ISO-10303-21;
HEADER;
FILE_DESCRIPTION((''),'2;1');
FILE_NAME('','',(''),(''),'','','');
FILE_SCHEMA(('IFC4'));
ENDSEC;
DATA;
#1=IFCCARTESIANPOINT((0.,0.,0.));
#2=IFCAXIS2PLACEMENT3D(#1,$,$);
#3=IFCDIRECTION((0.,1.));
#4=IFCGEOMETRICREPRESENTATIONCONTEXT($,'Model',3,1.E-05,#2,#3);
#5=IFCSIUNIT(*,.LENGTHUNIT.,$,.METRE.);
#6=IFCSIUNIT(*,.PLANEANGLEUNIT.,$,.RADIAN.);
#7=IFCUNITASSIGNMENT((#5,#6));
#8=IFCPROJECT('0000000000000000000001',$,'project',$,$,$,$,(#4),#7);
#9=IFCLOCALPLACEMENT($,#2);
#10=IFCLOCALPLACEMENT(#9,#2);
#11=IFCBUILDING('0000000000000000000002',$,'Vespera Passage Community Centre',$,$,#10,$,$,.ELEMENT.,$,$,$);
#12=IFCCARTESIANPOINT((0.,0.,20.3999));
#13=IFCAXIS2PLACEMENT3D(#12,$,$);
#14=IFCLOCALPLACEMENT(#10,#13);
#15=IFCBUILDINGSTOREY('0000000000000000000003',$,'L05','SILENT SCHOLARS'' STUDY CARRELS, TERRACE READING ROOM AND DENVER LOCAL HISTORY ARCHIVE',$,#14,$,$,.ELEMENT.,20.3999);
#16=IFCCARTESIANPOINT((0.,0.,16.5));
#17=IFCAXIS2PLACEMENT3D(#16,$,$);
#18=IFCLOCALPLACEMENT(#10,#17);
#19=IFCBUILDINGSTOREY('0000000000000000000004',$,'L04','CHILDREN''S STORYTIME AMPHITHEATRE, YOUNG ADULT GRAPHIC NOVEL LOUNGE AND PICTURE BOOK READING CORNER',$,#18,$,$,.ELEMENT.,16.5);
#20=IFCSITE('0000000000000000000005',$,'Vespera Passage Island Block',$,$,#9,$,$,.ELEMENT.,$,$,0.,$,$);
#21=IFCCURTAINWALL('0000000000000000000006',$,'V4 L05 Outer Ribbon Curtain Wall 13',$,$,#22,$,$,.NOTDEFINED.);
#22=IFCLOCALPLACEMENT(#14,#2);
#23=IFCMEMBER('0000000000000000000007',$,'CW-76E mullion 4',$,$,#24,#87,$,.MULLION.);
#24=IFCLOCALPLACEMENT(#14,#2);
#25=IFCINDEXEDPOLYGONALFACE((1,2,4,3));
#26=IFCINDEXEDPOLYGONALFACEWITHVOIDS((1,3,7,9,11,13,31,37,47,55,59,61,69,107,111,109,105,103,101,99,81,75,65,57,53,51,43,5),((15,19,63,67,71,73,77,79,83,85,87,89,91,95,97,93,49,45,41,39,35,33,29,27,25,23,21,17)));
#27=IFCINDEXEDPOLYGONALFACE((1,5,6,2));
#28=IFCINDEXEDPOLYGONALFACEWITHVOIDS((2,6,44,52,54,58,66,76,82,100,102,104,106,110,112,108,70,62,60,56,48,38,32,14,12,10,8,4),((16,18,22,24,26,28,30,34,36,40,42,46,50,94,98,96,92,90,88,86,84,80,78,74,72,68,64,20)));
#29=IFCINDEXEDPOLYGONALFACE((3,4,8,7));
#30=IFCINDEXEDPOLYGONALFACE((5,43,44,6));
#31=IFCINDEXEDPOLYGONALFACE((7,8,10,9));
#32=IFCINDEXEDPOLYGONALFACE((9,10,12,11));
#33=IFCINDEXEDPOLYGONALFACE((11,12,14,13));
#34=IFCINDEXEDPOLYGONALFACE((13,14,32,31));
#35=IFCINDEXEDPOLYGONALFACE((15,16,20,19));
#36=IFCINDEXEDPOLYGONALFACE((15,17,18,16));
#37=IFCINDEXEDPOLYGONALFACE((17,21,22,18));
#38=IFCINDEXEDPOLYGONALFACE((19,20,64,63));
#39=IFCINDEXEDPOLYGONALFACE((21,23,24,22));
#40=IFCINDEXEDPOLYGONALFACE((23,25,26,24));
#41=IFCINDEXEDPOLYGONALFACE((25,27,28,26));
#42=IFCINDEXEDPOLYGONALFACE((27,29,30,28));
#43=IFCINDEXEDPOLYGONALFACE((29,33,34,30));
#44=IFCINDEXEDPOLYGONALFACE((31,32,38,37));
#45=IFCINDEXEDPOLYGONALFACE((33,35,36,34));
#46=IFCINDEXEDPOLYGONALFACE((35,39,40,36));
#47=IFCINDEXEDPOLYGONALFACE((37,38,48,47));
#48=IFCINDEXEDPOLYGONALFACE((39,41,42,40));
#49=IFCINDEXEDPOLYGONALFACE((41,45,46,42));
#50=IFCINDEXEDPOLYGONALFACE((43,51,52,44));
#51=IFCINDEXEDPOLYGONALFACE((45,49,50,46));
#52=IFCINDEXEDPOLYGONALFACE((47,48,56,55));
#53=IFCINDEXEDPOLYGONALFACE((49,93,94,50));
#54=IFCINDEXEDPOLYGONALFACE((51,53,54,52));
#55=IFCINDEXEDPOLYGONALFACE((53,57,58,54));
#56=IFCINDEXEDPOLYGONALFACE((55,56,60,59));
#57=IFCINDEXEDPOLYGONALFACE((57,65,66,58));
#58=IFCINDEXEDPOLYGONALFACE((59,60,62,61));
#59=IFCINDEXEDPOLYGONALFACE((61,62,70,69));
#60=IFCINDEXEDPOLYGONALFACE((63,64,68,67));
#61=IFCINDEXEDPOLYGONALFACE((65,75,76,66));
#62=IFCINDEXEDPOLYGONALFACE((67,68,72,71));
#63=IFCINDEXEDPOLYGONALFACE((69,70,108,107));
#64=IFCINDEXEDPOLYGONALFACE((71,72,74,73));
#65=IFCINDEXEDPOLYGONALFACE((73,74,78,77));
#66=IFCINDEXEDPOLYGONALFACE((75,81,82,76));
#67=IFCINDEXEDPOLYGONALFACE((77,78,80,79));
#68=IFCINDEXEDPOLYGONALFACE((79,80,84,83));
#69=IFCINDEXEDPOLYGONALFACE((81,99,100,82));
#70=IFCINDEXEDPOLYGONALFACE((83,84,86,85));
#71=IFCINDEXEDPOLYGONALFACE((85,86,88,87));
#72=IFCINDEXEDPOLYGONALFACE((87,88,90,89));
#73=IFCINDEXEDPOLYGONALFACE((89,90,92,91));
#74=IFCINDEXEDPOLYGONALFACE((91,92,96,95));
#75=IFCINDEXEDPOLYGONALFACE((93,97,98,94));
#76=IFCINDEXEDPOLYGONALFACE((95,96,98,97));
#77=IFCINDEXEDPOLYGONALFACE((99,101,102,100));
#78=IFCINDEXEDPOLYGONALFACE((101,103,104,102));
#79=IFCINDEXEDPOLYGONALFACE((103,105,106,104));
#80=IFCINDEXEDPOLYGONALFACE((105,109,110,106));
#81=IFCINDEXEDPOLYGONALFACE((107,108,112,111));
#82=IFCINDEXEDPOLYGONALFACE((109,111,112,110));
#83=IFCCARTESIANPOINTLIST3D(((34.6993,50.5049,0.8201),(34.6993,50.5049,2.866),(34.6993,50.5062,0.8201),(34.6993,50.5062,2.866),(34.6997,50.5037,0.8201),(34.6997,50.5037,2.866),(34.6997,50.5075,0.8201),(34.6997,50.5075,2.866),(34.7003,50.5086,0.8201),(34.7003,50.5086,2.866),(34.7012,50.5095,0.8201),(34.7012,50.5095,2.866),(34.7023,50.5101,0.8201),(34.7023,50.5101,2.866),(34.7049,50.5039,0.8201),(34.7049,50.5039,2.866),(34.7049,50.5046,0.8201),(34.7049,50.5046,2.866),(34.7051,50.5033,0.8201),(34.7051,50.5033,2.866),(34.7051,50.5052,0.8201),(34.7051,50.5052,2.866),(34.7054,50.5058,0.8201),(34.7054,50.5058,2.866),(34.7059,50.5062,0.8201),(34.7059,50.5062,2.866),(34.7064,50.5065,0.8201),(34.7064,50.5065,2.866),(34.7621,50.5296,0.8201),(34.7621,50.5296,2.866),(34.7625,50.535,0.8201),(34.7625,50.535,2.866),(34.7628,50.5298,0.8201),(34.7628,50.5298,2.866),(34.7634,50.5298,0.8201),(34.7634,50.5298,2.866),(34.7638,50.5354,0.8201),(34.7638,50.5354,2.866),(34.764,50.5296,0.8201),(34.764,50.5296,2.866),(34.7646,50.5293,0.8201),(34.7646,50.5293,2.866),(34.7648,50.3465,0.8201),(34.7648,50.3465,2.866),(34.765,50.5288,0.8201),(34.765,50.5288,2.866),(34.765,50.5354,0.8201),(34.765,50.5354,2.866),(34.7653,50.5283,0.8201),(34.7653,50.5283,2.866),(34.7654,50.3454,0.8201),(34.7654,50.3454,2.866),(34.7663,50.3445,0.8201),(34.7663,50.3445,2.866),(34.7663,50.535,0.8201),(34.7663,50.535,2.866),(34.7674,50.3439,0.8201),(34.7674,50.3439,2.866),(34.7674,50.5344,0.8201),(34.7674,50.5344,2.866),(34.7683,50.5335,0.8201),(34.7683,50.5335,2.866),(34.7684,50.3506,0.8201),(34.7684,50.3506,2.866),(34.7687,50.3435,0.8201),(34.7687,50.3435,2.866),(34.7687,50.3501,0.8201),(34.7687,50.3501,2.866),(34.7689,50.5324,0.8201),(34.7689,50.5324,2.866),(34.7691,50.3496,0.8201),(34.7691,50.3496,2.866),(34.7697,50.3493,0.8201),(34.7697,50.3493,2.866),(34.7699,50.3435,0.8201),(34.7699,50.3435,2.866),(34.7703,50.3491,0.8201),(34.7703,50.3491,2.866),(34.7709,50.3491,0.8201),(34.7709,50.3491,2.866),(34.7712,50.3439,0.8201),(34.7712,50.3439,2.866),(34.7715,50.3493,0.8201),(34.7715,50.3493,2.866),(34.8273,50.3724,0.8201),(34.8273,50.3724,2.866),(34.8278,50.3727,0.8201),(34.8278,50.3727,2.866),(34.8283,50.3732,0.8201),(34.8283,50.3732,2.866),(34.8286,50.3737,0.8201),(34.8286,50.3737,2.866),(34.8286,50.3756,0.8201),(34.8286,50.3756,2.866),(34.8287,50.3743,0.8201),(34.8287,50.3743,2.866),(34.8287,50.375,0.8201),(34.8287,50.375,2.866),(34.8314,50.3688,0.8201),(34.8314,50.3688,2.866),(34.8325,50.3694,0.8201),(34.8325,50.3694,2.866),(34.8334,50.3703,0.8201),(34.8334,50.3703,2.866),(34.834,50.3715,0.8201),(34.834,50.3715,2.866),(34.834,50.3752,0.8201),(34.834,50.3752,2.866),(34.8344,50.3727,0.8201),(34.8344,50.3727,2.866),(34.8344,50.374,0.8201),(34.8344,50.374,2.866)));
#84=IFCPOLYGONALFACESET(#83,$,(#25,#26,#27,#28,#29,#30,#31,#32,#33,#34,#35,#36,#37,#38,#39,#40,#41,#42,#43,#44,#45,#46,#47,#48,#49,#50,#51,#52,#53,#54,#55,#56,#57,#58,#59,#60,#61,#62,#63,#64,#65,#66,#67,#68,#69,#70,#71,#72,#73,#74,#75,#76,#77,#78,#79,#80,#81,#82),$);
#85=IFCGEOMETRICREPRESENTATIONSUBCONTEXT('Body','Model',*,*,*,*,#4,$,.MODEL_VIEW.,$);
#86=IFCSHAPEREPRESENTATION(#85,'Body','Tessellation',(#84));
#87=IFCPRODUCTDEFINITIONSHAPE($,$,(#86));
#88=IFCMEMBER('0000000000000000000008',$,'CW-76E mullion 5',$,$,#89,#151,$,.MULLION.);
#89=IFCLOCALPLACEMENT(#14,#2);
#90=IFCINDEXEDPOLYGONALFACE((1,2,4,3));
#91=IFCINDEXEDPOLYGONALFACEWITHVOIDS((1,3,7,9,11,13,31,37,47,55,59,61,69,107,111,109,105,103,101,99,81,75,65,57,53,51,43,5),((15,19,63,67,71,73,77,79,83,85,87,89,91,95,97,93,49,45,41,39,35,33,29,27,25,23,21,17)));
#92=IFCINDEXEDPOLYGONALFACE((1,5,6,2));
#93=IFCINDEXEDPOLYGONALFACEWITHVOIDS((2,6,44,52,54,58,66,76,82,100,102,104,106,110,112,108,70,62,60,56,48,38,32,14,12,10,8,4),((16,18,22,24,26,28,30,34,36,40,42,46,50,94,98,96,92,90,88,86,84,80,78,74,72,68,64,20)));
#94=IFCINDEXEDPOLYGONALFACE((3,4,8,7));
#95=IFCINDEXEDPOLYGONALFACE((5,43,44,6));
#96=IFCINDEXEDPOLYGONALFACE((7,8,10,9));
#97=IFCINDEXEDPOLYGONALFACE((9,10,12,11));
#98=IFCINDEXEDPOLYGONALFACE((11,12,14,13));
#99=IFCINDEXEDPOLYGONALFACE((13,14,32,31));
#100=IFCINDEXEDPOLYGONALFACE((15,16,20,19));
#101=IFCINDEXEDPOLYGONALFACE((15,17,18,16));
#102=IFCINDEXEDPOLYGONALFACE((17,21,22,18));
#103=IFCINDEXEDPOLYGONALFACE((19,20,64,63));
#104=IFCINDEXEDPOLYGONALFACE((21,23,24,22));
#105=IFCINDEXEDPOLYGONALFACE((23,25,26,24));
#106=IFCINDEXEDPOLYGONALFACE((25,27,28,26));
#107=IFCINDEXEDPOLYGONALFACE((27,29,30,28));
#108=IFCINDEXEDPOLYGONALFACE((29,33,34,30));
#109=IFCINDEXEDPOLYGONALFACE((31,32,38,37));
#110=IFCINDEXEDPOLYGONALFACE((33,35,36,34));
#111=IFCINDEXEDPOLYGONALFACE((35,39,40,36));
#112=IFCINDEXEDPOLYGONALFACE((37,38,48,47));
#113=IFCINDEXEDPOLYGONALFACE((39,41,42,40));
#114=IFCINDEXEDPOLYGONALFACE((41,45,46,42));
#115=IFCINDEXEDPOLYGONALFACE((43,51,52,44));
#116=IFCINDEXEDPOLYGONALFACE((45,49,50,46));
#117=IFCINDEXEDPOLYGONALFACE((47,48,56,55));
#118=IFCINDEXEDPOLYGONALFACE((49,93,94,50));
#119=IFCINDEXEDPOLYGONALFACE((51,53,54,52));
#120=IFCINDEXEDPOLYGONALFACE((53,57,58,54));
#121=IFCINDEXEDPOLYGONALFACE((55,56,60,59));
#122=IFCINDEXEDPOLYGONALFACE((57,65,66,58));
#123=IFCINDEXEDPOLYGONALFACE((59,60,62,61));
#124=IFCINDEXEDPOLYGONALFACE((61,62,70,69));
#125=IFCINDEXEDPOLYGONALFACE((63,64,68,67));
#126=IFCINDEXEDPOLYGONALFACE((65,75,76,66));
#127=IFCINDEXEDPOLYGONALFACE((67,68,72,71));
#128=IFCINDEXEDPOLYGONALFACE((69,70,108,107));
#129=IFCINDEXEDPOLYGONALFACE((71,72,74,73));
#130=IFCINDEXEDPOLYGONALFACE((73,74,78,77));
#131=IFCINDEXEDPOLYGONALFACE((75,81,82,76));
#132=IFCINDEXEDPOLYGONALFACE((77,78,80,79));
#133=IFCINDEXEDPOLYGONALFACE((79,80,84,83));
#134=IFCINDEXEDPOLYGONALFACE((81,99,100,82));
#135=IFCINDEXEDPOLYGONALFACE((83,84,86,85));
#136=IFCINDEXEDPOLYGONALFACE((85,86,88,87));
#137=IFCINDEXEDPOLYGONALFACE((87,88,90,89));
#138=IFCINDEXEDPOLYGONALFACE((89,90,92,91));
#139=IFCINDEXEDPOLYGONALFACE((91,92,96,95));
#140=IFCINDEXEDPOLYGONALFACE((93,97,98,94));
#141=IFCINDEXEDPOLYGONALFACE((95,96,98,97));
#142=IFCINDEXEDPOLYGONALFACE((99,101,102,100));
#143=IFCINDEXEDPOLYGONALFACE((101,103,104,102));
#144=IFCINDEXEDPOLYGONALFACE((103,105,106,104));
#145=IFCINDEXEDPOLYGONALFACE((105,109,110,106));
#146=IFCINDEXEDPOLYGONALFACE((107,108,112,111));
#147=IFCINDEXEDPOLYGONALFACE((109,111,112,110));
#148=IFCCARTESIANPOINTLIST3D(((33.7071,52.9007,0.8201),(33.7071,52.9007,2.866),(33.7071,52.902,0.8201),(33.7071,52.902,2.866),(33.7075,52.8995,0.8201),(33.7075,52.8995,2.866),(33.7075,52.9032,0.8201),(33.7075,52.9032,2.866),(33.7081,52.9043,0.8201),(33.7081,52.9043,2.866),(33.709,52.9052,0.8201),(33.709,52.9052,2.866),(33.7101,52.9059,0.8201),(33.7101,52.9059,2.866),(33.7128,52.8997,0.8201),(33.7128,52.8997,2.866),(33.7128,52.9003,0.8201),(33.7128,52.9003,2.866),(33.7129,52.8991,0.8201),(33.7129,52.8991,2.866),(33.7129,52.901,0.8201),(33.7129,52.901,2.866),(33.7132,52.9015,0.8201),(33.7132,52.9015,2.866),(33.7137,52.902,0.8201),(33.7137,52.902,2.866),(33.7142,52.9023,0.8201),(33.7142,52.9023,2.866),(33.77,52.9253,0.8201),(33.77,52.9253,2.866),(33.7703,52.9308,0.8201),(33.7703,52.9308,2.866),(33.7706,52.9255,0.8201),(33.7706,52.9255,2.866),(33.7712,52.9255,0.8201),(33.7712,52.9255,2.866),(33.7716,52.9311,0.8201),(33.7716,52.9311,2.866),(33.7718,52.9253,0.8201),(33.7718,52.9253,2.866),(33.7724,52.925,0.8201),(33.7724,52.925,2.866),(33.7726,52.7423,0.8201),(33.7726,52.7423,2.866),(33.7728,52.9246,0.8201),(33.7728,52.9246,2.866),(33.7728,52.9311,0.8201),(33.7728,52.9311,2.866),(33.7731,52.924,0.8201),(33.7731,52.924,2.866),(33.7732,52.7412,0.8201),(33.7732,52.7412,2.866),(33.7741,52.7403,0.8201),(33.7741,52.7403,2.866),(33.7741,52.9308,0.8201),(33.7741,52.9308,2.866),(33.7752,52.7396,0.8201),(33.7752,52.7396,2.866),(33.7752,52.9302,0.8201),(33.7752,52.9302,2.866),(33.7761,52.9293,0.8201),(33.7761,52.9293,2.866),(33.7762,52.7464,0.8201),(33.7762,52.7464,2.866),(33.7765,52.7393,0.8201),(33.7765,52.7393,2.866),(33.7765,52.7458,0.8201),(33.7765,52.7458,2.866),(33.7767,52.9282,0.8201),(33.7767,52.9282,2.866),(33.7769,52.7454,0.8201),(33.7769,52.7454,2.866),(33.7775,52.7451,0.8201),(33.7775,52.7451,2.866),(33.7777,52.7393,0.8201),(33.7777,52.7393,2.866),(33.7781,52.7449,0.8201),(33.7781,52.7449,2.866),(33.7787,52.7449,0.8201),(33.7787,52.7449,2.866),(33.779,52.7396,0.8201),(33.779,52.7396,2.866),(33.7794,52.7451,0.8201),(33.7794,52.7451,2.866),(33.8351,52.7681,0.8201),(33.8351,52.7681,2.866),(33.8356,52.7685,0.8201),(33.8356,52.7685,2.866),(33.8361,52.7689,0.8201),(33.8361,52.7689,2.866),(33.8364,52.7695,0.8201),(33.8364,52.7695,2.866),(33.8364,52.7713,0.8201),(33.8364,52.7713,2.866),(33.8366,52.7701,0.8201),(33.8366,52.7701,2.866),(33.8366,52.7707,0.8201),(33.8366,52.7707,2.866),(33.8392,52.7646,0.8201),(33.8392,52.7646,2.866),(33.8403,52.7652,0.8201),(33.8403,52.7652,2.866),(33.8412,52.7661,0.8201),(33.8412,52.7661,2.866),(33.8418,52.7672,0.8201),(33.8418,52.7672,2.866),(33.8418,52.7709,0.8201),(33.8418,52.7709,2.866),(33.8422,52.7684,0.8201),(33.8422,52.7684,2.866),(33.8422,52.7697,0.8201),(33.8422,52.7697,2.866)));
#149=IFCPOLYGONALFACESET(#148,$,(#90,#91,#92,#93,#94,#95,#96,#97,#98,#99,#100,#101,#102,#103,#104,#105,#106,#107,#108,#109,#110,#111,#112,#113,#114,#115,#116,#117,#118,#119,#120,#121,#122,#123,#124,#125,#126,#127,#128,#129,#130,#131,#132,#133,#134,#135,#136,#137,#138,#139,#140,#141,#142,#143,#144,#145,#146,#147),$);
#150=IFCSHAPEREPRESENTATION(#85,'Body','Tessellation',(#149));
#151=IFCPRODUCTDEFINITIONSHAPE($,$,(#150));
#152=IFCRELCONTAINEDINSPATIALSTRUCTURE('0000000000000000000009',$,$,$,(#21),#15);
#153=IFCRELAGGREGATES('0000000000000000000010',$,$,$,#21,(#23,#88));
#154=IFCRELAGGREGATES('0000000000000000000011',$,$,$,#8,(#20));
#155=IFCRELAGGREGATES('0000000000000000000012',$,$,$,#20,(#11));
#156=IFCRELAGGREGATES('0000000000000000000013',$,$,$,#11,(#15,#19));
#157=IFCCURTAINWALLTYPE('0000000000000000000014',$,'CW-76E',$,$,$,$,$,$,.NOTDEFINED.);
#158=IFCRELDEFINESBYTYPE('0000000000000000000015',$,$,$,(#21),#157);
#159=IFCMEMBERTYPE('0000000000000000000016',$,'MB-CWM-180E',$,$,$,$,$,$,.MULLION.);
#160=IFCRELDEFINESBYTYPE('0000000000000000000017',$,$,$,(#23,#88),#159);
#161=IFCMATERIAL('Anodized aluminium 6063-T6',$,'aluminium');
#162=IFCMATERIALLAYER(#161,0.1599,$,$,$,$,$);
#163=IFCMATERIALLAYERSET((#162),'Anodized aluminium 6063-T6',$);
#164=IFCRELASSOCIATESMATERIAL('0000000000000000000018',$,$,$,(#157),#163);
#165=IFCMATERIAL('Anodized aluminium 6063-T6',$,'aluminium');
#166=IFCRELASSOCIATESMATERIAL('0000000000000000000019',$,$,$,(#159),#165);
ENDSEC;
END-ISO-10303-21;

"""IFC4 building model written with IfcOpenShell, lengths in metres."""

from ifc_helpers import new_model, si_unit, direction, frame, origin, origin_2d, place, context, subcontext, project, spatial, hollow_rectangle, extrude, material, layer, layer_set, material_profile, profile_set, type_object, element, aggregate, save


model = new_model("IFC4")

# Units and contexts
model_context = context("Model", 3, precision=1e-05, world=origin(), true_north=direction((0.0, 1.0)))
body_context = subcontext(model_context, "Body", "Model", "MODEL_VIEW")
ifc_project = project(units=[si_unit("LENGTHUNIT", "METRE"), si_unit("PLANEANGLEUNIT", "RADIAN")], contexts=[model_context])

# Site, building, storey
site_placement = place(None, origin())
site = spatial("IfcSite", under=ifc_project, at=site_placement, Name="Vespera Passage Island Block", CompositionType="ELEMENT", RefElevation=0.0)
building_placement = place(site_placement, origin())
building = spatial("IfcBuilding", under=site, at=building_placement, Name="Vespera Passage Community Centre", CompositionType="ELEMENT")
storey_1_placement = place(building_placement, frame((0.0, 0.0, 20.3999)))
storey_1 = spatial("IfcBuildingStorey", under=building, at=storey_1_placement, Name="L05", Description="SILENT SCHOLARS' STUDY CARRELS, TERRACE READING ROOM AND DENVER LOCAL HISTORY ARCHIVE", CompositionType="ELEMENT", Elevation=20.3999)

# Curtain wall, members
ifc_material_1 = material(Name="Anodized aluminium 6063-T6", Category="aluminium")
ifc_layer_1 = layer(ifc_material_1, 0.1599)
ifc_layer_set_1 = layer_set([ifc_layer_1], Name="Anodized aluminium 6063-T6")
curtain_wall_type = type_object("IfcCurtainWallType", Name="CW-76E", PredefinedType="NOTDEFINED", material=ifc_layer_set_1)
curtain_wall_placement = place(storey_1_placement, origin())
curtain_wall = element("IfcCurtainWall", 1, at=curtain_wall_placement, inside=storey_1, type_object=curtain_wall_type, Name="V4 L05 Outer Ribbon Curtain Wall 13", PredefinedType="NOTDEFINED")
ifc_material_2 = material(Name="Anodized aluminium 6063-T6", Category="aluminium")
ifc_material_profile_1 = material_profile(ifc_material_2, hollow_rectangle(XDim=0.075, YDim=0.1799, WallThickness=0.0049, InnerFilletRadius=0.0024, OuterFilletRadius=0.0049, at=origin_2d()), Name="ALU180X75X5")
ifc_profile_set_1 = profile_set([ifc_material_profile_1], Name="Anodized aluminium 6063-T6")
member_type_1 = type_object("IfcMemberType", Name="MB-CWM-180E", PredefinedType="MULLION", material=ifc_profile_set_1)
member_1_placement = place(storey_1_placement, frame((34.7668, 50.4395, 0.8201), z_axis=(0.0, 0.0, 1.0), x_axis=(-0.923881, -0.382679, 0.0)))
member_1 = element("IfcMember", 2, at=member_1_placement, type_object=member_type_1, Name="CW-76E mullion 4", PredefinedType="MULLION", context=body_context, shape_type="SweptSolid", body=[
    extrude(hollow_rectangle(XDim=0.075, YDim=0.1799, WallThickness=0.0049, InnerFilletRadius=0.0024, OuterFilletRadius=0.0049, at=origin_2d()), origin(), (0.0, 0.0, 1.0), 2.0459),
])
member_2_placement = place(storey_1_placement, frame((33.7747, 52.8352, 0.8201), z_axis=(0.0, 0.0, 1.0), x_axis=(-0.923881, -0.382679, 0.0)))
member_2 = element("IfcMember", 3, at=member_2_placement, type_object=member_type_1, Name="CW-76E mullion 5", PredefinedType="MULLION", context=body_context, shape_type="SweptSolid", body=[
    extrude(hollow_rectangle(XDim=0.075, YDim=0.1799, WallThickness=0.0049, InnerFilletRadius=0.0024, OuterFilletRadius=0.0049, at=origin_2d()), origin(), (0.0, 0.0, 1.0), 2.0459),
])
aggregate(curtain_wall, [member_1, member_2])

# Shared definitions
storey_2_placement = place(building_placement, frame((0.0, 0.0, 16.5)))
storey_2 = spatial("IfcBuildingStorey", under=building, at=storey_2_placement, Name="L04", Description="CHILDREN'S STORYTIME AMPHITHEATRE, YOUNG ADULT GRAPHIC NOVEL LOUNGE AND PICTURE BOOK READING CORNER", CompositionType="ELEMENT", Elevation=16.5)

save(model, "model.ifc")
